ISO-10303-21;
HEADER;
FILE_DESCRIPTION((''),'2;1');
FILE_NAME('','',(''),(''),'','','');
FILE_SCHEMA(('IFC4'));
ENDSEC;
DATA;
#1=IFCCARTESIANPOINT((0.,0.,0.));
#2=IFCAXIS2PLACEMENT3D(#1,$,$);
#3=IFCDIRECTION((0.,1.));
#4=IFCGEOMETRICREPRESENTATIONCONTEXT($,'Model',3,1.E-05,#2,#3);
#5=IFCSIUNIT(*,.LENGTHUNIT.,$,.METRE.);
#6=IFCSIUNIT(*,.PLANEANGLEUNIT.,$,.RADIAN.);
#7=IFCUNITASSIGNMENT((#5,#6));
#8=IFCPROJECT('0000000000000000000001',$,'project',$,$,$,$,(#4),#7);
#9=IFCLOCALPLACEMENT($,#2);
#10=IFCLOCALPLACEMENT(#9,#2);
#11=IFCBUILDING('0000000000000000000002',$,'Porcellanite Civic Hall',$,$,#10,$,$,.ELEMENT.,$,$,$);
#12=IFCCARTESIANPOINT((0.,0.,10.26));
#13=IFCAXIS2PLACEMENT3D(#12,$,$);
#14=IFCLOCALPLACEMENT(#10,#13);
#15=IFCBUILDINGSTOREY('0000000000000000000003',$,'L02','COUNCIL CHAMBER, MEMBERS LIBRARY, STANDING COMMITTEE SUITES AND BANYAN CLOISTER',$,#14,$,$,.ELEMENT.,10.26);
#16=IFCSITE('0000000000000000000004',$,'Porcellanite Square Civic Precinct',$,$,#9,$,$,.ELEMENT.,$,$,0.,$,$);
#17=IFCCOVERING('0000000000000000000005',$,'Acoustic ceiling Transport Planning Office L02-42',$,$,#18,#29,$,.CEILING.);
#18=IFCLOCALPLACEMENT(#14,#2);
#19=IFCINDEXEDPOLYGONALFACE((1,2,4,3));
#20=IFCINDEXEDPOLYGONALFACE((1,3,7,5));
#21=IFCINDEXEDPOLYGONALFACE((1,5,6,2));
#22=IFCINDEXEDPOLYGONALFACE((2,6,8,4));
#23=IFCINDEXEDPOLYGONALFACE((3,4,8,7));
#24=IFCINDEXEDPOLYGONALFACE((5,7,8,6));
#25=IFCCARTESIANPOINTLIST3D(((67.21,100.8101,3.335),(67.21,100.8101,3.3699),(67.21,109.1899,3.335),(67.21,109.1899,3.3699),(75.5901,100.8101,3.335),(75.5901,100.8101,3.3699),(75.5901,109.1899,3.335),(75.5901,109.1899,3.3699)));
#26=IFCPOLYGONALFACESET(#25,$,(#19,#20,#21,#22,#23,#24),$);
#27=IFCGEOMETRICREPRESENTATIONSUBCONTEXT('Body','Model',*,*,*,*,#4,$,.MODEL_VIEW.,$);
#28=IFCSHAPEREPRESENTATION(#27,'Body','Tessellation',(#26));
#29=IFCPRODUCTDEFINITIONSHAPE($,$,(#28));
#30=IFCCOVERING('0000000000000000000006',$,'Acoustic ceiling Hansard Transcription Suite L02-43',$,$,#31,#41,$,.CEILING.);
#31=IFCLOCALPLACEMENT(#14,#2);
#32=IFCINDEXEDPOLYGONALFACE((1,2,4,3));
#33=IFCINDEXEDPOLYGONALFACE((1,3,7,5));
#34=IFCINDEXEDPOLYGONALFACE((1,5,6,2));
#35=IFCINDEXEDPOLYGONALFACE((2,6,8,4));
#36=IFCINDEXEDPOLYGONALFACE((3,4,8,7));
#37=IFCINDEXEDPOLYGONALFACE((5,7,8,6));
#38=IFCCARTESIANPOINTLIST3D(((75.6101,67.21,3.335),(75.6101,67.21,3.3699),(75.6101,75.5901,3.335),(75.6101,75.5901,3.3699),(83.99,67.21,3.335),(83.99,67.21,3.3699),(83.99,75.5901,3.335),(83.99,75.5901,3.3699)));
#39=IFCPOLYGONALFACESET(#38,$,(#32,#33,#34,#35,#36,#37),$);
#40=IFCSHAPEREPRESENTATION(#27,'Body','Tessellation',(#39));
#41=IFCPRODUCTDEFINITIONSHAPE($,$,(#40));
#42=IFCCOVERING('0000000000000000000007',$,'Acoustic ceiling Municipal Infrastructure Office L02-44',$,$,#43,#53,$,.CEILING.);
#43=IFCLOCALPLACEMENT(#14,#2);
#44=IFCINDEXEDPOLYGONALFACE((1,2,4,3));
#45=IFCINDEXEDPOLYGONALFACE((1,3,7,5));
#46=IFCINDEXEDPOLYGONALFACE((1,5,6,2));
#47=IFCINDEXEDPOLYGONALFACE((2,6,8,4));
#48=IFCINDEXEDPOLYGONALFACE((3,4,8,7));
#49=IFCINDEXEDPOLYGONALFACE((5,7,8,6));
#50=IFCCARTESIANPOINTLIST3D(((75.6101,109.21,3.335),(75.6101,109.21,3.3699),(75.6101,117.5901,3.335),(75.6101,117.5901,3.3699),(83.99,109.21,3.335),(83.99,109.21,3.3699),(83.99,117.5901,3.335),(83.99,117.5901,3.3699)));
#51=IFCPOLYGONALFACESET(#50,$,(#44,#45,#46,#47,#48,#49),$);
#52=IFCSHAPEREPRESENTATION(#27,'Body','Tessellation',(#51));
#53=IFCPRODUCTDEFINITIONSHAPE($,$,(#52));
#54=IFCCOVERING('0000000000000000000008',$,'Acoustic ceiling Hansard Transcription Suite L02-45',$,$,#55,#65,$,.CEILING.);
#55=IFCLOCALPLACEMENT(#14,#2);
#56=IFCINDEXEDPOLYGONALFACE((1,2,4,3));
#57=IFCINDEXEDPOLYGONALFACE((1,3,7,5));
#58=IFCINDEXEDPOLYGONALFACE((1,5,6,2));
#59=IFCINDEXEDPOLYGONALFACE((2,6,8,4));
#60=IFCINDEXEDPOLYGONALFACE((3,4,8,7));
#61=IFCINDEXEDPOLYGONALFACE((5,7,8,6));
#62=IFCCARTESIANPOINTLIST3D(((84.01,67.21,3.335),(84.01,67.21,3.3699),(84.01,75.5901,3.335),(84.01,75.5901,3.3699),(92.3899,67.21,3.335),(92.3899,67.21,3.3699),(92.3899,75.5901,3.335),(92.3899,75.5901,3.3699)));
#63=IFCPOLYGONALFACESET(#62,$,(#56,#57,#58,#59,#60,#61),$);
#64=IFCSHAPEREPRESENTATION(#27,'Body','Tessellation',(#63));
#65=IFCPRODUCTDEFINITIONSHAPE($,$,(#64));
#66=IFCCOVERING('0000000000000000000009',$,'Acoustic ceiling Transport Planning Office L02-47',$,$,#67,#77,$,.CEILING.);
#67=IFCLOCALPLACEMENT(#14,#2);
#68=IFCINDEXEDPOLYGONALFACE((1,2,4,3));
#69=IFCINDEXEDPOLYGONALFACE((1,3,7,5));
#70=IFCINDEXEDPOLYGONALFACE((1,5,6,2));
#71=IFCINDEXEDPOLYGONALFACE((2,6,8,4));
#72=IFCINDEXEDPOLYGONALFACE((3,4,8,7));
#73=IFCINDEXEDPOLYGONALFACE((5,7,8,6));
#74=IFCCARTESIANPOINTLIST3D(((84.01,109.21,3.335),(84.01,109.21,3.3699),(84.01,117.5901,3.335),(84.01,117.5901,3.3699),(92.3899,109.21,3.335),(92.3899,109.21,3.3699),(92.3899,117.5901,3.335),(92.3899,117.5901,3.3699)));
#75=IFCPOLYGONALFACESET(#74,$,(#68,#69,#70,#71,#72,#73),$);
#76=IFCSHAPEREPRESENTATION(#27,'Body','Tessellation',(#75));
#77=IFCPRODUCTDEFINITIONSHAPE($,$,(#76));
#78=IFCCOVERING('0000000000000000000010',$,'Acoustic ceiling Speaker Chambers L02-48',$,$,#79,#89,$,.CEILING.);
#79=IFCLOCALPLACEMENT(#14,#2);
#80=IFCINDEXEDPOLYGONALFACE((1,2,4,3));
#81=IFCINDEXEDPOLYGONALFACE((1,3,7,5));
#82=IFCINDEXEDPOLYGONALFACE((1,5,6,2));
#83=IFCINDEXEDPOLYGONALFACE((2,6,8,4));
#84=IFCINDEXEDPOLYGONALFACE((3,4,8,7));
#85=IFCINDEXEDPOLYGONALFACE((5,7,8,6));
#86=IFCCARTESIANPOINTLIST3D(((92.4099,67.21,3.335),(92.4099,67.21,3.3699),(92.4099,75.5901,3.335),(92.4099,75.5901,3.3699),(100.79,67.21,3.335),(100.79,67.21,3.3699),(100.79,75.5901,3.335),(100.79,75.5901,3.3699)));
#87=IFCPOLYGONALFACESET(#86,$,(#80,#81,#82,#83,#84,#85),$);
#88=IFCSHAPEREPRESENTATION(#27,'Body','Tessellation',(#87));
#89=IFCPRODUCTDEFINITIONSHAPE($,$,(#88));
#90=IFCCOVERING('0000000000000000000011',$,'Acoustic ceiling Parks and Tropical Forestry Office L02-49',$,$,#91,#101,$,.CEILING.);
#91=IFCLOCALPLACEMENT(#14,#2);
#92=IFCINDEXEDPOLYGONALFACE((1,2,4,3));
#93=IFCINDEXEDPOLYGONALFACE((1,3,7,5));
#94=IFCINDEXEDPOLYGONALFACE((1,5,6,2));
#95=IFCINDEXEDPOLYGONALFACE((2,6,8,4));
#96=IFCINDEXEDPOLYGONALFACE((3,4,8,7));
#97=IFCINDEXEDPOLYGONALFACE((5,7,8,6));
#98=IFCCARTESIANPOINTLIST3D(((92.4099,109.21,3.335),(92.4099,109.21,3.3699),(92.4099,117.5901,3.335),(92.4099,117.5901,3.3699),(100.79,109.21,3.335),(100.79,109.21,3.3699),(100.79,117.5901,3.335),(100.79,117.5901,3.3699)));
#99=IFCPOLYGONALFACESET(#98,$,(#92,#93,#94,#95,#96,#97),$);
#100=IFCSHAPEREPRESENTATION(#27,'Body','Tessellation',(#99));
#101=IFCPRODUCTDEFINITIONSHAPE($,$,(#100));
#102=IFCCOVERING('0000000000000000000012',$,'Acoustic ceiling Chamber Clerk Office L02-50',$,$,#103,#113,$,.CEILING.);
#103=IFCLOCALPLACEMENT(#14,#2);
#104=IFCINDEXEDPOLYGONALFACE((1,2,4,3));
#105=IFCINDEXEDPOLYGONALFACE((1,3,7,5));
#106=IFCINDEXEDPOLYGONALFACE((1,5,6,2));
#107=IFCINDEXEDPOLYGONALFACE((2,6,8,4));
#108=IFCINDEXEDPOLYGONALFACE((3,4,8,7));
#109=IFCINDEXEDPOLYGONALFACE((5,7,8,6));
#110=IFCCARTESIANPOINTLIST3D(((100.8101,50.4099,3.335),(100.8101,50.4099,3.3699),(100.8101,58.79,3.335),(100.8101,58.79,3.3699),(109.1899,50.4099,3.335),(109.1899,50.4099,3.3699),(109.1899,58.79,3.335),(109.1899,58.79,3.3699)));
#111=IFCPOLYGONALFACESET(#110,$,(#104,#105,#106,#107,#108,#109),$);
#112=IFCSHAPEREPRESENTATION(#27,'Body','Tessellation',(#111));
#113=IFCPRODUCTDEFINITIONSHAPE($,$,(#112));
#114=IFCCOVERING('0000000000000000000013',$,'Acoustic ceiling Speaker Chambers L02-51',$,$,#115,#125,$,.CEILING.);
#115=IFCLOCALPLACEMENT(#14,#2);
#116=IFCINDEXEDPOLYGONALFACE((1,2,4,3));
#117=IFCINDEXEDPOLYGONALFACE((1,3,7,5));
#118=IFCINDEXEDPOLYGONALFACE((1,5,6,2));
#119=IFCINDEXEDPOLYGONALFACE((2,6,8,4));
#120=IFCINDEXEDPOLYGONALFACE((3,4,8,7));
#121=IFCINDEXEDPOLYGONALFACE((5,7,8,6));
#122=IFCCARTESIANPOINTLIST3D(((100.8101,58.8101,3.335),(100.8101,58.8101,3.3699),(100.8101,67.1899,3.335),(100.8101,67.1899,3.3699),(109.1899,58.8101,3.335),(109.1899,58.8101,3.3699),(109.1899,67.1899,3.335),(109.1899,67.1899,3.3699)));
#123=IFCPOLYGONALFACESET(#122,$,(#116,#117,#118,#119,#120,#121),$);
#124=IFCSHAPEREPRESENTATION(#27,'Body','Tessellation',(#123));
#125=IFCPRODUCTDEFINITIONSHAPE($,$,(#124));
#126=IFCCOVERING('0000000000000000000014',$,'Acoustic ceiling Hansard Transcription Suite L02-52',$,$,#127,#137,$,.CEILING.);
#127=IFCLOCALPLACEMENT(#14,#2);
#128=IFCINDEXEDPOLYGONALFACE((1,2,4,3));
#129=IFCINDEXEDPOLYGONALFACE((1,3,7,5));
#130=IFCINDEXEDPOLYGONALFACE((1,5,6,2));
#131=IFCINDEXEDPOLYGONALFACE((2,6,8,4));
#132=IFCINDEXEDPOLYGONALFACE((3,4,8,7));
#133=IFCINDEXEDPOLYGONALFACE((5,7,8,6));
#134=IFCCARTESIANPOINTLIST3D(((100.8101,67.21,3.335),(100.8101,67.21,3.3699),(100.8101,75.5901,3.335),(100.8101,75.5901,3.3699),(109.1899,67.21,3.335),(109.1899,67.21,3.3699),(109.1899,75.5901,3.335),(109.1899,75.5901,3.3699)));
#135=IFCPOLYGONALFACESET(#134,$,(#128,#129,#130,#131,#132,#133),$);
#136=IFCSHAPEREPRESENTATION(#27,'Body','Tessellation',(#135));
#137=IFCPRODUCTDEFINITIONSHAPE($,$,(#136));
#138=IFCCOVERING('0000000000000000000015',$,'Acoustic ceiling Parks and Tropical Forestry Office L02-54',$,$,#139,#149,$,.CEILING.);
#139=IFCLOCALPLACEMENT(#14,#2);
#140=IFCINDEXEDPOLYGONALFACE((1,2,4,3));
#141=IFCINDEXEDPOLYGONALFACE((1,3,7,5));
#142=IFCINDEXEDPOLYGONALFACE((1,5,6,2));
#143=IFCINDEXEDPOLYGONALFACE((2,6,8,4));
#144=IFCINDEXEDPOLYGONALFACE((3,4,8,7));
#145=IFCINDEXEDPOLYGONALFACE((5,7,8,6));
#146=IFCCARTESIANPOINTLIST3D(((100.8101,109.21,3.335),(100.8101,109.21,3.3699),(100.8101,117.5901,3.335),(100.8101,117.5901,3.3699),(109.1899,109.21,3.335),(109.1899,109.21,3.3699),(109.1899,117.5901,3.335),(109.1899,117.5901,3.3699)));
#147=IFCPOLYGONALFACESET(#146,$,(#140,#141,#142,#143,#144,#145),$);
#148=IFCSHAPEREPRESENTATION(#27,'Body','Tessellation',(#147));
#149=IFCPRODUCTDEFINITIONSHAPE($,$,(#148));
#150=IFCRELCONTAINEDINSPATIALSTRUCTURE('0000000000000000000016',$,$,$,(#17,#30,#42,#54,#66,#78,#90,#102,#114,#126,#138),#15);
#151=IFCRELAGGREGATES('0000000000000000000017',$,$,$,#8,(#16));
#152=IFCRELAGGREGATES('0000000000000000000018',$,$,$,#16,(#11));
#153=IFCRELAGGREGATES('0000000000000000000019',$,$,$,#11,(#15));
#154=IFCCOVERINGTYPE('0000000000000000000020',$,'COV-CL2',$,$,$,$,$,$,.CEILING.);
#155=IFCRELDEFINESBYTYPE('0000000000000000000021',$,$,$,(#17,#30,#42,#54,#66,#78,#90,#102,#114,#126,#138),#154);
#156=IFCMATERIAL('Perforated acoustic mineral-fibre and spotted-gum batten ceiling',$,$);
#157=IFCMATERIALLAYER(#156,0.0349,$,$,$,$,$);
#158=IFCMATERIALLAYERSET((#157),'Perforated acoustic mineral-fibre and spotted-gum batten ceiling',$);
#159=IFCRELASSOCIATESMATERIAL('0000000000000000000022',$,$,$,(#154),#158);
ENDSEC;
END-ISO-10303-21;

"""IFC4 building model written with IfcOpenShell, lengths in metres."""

from ifc_helpers import new_model, si_unit, direction, frame, origin, place, context, subcontext, project, spatial, polyline, outline, extrude, material, layer, layer_set, type_object, element, save


model = new_model("IFC4")

# Units and contexts
model_context = context("Model", 3, precision=1e-05, world=origin(), true_north=direction((0.0, 1.0)))
body_context = subcontext(model_context, "Body", "Model", "MODEL_VIEW")
ifc_project = project(units=[si_unit("LENGTHUNIT", "METRE"), si_unit("PLANEANGLEUNIT", "RADIAN")], contexts=[model_context])

# Site, building, storey
site_placement = place(None, origin())
site = spatial("IfcSite", under=ifc_project, at=site_placement, Name="Porcellanite Square Civic Precinct", CompositionType="ELEMENT", RefElevation=0.0)
building_placement = place(site_placement, origin())
building = spatial("IfcBuilding", under=site, at=building_placement, Name="Porcellanite Civic Hall", CompositionType="ELEMENT")
storey_placement = place(building_placement, frame((0.0, 0.0, 10.26)))
storey = spatial("IfcBuildingStorey", under=building, at=storey_placement, Name="L02", Description="COUNCIL CHAMBER, MEMBERS LIBRARY, STANDING COMMITTEE SUITES AND BANYAN CLOISTER", CompositionType="ELEMENT", Elevation=10.26)

# Coverings
ifc_material = material(Name="Perforated acoustic mineral-fibre and spotted-gum batten ceiling")
ifc_layer = layer(ifc_material, 0.0349)
ifc_layer_set = layer_set([ifc_layer], Name="Perforated acoustic mineral-fibre and spotted-gum batten ceiling")
covering_type = type_object("IfcCoveringType", Name="COV-CL2", PredefinedType="CEILING", material=ifc_layer_set)
covering_1_placement = place(storey_placement, frame((0.0, 0.0, 3.335)))
element("IfcCovering", 1, at=covering_1_placement, inside=storey, type_object=covering_type, Name="Acoustic ceiling Transport Planning Office L02-42", PredefinedType="CEILING", context=body_context, shape_type="SweptSolid", body=[
    extrude(outline(polyline([(67.21, 100.8101), (75.5901, 100.8101), (75.5901, 109.1899), (67.21, 109.1899), (67.21, 100.8101)])), origin(), (0.0, 0.0, 1.0), 0.0349),
])
covering_2_placement = place(storey_placement, frame((0.0, 0.0, 3.335)))
element("IfcCovering", 2, at=covering_2_placement, inside=storey, type_object=covering_type, Name="Acoustic ceiling Hansard Transcription Suite L02-43", PredefinedType="CEILING", context=body_context, shape_type="SweptSolid", body=[
    extrude(outline(polyline([(75.6101, 67.21), (83.99, 67.21), (83.99, 75.5901), (75.6101, 75.5901), (75.6101, 67.21)])), origin(), (0.0, 0.0, 1.0), 0.0349),
])
covering_3_placement = place(storey_placement, frame((0.0, 0.0, 3.335)))
element("IfcCovering", 3, at=covering_3_placement, inside=storey, type_object=covering_type, Name="Acoustic ceiling Municipal Infrastructure Office L02-44", PredefinedType="CEILING", context=body_context, shape_type="SweptSolid", body=[
    extrude(outline(polyline([(75.6101, 109.21), (83.99, 109.21), (83.99, 117.5901), (75.6101, 117.5901), (75.6101, 109.21)])), origin(), (0.0, 0.0, 1.0), 0.0349),
])
covering_4_placement = place(storey_placement, frame((0.0, 0.0, 3.335)))
element("IfcCovering", 4, at=covering_4_placement, inside=storey, type_object=covering_type, Name="Acoustic ceiling Hansard Transcription Suite L02-45", PredefinedType="CEILING", context=body_context, shape_type="SweptSolid", body=[
    extrude(outline(polyline([(84.01, 67.21), (92.3899, 67.21), (92.3899, 75.5901), (84.01, 75.5901), (84.01, 67.21)])), origin(), (0.0, 0.0, 1.0), 0.0349),
])
covering_5_placement = place(storey_placement, frame((0.0, 0.0, 3.335)))
element("IfcCovering", 5, at=covering_5_placement, inside=storey, type_object=covering_type, Name="Acoustic ceiling Transport Planning Office L02-47", PredefinedType="CEILING", context=body_context, shape_type="SweptSolid", body=[
    extrude(outline(polyline([(84.01, 109.21), (92.3899, 109.21), (92.3899, 117.5901), (84.01, 117.5901), (84.01, 109.21)])), origin(), (0.0, 0.0, 1.0), 0.0349),
])
covering_6_placement = place(storey_placement, frame((0.0, 0.0, 3.335)))
element("IfcCovering", 6, at=covering_6_placement, inside=storey, type_object=covering_type, Name="Acoustic ceiling Speaker Chambers L02-48", PredefinedType="CEILING", context=body_context, shape_type="SweptSolid", body=[
    extrude(outline(polyline([(92.4099, 67.21), (100.79, 67.21), (100.79, 75.5901), (92.4099, 75.5901), (92.4099, 67.21)])), origin(), (0.0, 0.0, 1.0), 0.0349),
])
covering_7_placement = place(storey_placement, frame((0.0, 0.0, 3.335)))
element("IfcCovering", 7, at=covering_7_placement, inside=storey, type_object=covering_type, Name="Acoustic ceiling Parks and Tropical Forestry Office L02-49", PredefinedType="CEILING", context=body_context, shape_type="SweptSolid", body=[
    extrude(outline(polyline([(92.4099, 109.21), (100.79, 109.21), (100.79, 117.5901), (92.4099, 117.5901), (92.4099, 109.21)])), origin(), (0.0, 0.0, 1.0), 0.0349),
])
covering_8_placement = place(storey_placement, frame((0.0, 0.0, 3.335)))
element("IfcCovering", 8, at=covering_8_placement, inside=storey, type_object=covering_type, Name="Acoustic ceiling Chamber Clerk Office L02-50", PredefinedType="CEILING", context=body_context, shape_type="SweptSolid", body=[
    extrude(outline(polyline([(100.8101, 50.4099), (109.1899, 50.4099), (109.1899, 58.79), (100.8101, 58.79), (100.8101, 50.4099)])), origin(), (0.0, 0.0, 1.0), 0.0349),
])
covering_9_placement = place(storey_placement, frame((0.0, 0.0, 3.335)))
element("IfcCovering", 9, at=covering_9_placement, inside=storey, type_object=covering_type, Name="Acoustic ceiling Speaker Chambers L02-51", PredefinedType="CEILING", context=body_context, shape_type="SweptSolid", body=[
    extrude(outline(polyline([(100.8101, 58.8101), (109.1899, 58.8101), (109.1899, 67.1899), (100.8101, 67.1899), (100.8101, 58.8101)])), origin(), (0.0, 0.0, 1.0), 0.0349),
])
covering_10_placement = place(storey_placement, frame((0.0, 0.0, 3.335)))
element("IfcCovering", 10, at=covering_10_placement, inside=storey, type_object=covering_type, Name="Acoustic ceiling Hansard Transcription Suite L02-52", PredefinedType="CEILING", context=body_context, shape_type="SweptSolid", body=[
    extrude(outline(polyline([(100.8101, 67.21), (109.1899, 67.21), (109.1899, 75.5901), (100.8101, 75.5901), (100.8101, 67.21)])), origin(), (0.0, 0.0, 1.0), 0.0349),
])
covering_11_placement = place(storey_placement, frame((0.0, 0.0, 3.335)))
element("IfcCovering", 11, at=covering_11_placement, inside=storey, type_object=covering_type, Name="Acoustic ceiling Parks and Tropical Forestry Office L02-54", PredefinedType="CEILING", context=body_context, shape_type="SweptSolid", body=[
    extrude(outline(polyline([(100.8101, 109.21), (109.1899, 109.21), (109.1899, 117.5901), (100.8101, 117.5901), (100.8101, 109.21)])), origin(), (0.0, 0.0, 1.0), 0.0349),
])

save(model, "model.ifc")
